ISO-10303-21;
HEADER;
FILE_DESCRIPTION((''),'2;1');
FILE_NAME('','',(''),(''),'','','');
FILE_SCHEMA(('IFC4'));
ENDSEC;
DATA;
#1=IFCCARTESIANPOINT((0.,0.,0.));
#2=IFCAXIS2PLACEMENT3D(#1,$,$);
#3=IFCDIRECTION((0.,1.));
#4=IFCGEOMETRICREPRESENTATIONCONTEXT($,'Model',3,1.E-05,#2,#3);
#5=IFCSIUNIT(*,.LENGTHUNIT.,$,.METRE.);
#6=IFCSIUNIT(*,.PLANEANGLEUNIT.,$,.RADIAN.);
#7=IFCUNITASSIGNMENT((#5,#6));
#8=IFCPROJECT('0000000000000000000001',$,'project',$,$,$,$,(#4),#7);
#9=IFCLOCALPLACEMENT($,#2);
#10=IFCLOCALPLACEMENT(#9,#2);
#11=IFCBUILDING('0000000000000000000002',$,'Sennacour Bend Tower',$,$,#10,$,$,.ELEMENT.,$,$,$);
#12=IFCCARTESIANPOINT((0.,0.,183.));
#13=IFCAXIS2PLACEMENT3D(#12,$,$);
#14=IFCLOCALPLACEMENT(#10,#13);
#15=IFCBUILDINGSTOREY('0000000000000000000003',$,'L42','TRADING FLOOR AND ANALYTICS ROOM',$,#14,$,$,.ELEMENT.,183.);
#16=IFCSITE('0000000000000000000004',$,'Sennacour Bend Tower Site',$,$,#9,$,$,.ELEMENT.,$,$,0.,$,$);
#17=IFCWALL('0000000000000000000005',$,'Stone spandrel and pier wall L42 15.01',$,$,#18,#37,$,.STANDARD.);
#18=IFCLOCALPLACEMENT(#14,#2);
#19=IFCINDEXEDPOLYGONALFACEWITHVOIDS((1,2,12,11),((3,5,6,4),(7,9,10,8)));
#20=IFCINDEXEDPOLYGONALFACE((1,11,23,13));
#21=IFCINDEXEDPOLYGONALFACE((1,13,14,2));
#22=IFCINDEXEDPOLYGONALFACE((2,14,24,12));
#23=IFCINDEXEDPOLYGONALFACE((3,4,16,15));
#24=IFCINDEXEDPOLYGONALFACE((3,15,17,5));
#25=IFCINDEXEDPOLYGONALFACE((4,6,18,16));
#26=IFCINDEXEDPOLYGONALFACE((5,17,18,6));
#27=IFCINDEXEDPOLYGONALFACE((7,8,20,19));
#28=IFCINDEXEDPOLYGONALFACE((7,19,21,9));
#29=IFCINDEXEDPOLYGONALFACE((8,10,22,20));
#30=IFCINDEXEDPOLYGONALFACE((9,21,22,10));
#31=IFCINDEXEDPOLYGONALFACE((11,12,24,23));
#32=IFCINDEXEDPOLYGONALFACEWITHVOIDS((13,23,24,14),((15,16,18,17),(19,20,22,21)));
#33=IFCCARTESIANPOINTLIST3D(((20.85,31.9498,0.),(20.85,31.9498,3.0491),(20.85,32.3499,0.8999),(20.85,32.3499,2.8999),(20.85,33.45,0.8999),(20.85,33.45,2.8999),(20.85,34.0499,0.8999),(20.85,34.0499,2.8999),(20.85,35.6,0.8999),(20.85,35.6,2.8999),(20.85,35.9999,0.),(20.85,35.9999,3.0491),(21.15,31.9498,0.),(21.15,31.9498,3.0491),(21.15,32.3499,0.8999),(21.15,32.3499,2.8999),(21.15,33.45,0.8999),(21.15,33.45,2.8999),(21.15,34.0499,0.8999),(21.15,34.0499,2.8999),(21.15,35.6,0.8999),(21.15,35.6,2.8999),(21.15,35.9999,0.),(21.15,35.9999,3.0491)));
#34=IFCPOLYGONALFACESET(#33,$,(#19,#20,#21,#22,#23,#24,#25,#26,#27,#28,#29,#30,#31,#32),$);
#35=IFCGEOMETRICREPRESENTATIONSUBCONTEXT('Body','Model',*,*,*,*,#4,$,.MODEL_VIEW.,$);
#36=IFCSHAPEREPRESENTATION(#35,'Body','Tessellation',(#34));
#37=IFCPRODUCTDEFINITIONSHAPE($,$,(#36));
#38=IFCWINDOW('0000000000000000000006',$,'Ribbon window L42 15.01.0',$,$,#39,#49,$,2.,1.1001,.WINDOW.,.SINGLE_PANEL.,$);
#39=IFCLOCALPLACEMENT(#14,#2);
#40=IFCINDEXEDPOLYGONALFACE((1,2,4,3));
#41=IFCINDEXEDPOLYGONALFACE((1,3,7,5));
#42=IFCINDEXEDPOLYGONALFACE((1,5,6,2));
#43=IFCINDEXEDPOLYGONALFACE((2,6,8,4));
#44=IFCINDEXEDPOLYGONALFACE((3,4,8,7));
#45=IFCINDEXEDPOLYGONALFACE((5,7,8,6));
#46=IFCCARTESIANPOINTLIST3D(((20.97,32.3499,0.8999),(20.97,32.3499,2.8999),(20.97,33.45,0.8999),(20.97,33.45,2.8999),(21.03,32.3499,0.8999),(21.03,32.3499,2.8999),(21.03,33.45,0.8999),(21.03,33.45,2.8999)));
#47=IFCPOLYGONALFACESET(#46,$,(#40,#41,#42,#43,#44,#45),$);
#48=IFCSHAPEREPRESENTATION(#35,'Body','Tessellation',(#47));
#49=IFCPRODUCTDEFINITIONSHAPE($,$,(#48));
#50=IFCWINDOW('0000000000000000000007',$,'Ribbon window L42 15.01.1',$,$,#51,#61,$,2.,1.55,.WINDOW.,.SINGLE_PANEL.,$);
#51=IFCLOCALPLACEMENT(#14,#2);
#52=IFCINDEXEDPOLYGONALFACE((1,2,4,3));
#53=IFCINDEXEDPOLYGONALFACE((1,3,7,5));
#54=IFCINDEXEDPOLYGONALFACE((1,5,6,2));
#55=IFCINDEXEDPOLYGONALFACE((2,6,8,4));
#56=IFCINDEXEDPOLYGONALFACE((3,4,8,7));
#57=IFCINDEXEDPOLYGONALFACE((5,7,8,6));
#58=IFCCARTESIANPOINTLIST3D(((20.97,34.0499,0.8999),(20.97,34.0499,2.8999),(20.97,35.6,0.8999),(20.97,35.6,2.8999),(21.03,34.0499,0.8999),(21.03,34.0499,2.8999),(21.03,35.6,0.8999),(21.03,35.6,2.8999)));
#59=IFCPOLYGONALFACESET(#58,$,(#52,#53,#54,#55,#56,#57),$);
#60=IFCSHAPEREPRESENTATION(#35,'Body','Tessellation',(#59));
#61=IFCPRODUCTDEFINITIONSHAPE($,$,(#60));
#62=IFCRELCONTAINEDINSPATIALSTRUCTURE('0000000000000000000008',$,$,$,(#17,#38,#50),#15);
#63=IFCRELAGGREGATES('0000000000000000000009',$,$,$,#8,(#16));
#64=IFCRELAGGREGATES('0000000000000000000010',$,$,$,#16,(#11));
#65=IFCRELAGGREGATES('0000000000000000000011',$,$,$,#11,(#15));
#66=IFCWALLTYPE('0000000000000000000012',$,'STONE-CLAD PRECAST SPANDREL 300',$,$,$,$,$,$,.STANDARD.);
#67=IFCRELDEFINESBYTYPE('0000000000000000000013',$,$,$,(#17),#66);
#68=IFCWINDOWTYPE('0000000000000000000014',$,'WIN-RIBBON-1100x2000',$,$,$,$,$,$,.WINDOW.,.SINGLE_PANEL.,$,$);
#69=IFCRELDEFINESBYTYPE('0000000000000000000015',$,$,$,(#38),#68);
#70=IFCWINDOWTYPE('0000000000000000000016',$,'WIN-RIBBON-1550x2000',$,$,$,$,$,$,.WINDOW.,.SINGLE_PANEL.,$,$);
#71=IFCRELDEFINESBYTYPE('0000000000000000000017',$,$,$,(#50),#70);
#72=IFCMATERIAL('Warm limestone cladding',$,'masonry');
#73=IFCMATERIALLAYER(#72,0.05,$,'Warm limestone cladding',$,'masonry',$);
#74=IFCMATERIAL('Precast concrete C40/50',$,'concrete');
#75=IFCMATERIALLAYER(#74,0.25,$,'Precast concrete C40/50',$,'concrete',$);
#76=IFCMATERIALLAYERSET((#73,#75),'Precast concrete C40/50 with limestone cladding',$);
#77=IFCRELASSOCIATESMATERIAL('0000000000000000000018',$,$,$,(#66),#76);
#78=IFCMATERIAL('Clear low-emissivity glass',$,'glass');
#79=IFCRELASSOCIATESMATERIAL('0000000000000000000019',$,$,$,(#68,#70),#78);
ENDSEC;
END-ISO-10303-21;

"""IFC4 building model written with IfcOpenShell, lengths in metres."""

from ifc_helpers import new_model, si_unit, direction, frame, frame_2d, origin, place, context, subcontext, project, spatial, rectangle, extrude, material, layer, layer_set, type_object, element, fill, save


model = new_model("IFC4")

# Units and contexts
model_context = context("Model", 3, precision=1e-05, world=origin(), true_north=direction((0.0, 1.0)))
body_context = subcontext(model_context, "Body", "Model", "MODEL_VIEW")
ifc_project = project(units=[si_unit("LENGTHUNIT", "METRE"), si_unit("PLANEANGLEUNIT", "RADIAN")], contexts=[model_context])

# Site, building, storey
site_placement = place(None, origin())
site = spatial("IfcSite", under=ifc_project, at=site_placement, Name="Sennacour Bend Tower Site", CompositionType="ELEMENT", RefElevation=0.0)
building_placement = place(site_placement, origin())
building = spatial("IfcBuilding", under=site, at=building_placement, Name="Sennacour Bend Tower", CompositionType="ELEMENT")
storey_placement = place(building_placement, frame((0.0, 0.0, 183.0)))
storey = spatial("IfcBuildingStorey", under=building, at=storey_placement, Name="L42", Description="TRADING FLOOR AND ANALYTICS ROOM", CompositionType="ELEMENT", Elevation=183.0)

# Shared definitions
ifc_material_1 = material(Name="Warm limestone cladding", Category="masonry")
ifc_layer_1 = layer(ifc_material_1, 0.05, Name="Warm limestone cladding", Category="masonry")
ifc_material_2 = material(Name="Precast concrete C40/50", Category="concrete")
ifc_layer_2 = layer(ifc_material_2, 0.25, Name="Precast concrete C40/50", Category="concrete")
ifc_layer_set_1 = layer_set([ifc_layer_1, ifc_layer_2], Name="Precast concrete C40/50 with limestone cladding")
wall_type_1 = type_object("IfcWallType", Name="STONE-CLAD PRECAST SPANDREL 300", PredefinedType="STANDARD", material=ifc_layer_set_1)

# Shared definitions
ifc_material_3 = material(Name="Clear low-emissivity glass", Category="glass")

# Wall, openings, windows
wall_1_placement = place(storey_placement, frame((21.0, 31.95, 0.0), z_axis=(0.0, 0.0, 1.0), x_axis=(0.0, 1.0, 0.0)))
wall_1 = element("IfcWall", 1, at=wall_1_placement, inside=storey, type_object=wall_type_1, Name="Stone spandrel and pier wall L42 15.01", PredefinedType="STANDARD", context=body_context, shape_type="SweptSolid", body=[
    extrude(rectangle(XDim=4.05, YDim=0.3, at=frame_2d((2.0249, 0.0))), origin(), (0.0, 0.0, 1.0), 3.0491),
])
opening_1_placement = place(wall_1_placement, frame((0.3999, 0.0, 0.8999)))
opening_1 = element("IfcOpeningElement", 2, at=opening_1_placement, cuts=wall_1, PredefinedType="OPENING", context=body_context, shape_type="SweptSolid", body=[
    extrude(rectangle(XDim=1.1001, YDim=2.0, at=frame_2d((0.55, 1.0))), frame((0.0, 0.1602, 0.0), z_axis=(0.0, -1.0, 0.0), x_axis=(1.0, 0.0, 0.0)), (0.0, 0.0, 1.0), 0.3201),
])
opening_2_placement = place(wall_1_placement, frame((2.1001, 0.0, 0.8999)))
opening_2 = element("IfcOpeningElement", 3, at=opening_2_placement, cuts=wall_1, PredefinedType="OPENING", context=body_context, shape_type="SweptSolid", body=[
    extrude(rectangle(XDim=1.55, YDim=2.0, at=frame_2d((0.7749, 1.0))), frame((0.0, 0.1602, 0.0), z_axis=(0.0, -1.0, 0.0), x_axis=(1.0, 0.0, 0.0)), (0.0, 0.0, 1.0), 0.3201),
])
window_type_1 = type_object("IfcWindowType", Name="WIN-RIBBON-1100x2000", PartitioningType="SINGLE_PANEL", PredefinedType="WINDOW", material=ifc_material_3)
window_1_placement = place(opening_1_placement, origin())
window_1 = element("IfcWindow", 4, at=window_1_placement, inside=storey, type_object=window_type_1, Name="Ribbon window L42 15.01.0", OverallHeight=2.0, OverallWidth=1.1001, PartitioningType="SINGLE_PANEL", PredefinedType="WINDOW", context=body_context, shape_type="SweptSolid", body=[
    extrude(rectangle(XDim=1.1001, YDim=2.0, at=frame_2d((0.55, 1.0))), frame((0.0, 0.03, 0.0), z_axis=(0.0, -1.0, 0.0), x_axis=(1.0, 0.0, 0.0)), (0.0, 0.0, 1.0), 0.0601),
])
fill(opening_1, window_1)
window_type_2 = type_object("IfcWindowType", Name="WIN-RIBBON-1550x2000", PartitioningType="SINGLE_PANEL", PredefinedType="WINDOW", material=ifc_material_3)
window_2_placement = place(opening_2_placement, origin())
window_2 = element("IfcWindow", 5, at=window_2_placement, inside=storey, type_object=window_type_2, Name="Ribbon window L42 15.01.1", OverallHeight=2.0, OverallWidth=1.55, PartitioningType="SINGLE_PANEL", PredefinedType="WINDOW", context=body_context, shape_type="SweptSolid", body=[
    extrude(rectangle(XDim=1.55, YDim=2.0, at=frame_2d((0.7749, 1.0))), frame((0.0, 0.03, 0.0), z_axis=(0.0, -1.0, 0.0), x_axis=(1.0, 0.0, 0.0)), (0.0, 0.0, 1.0), 0.0601),
])
fill(opening_2, window_2)

save(model, "model.ifc")
